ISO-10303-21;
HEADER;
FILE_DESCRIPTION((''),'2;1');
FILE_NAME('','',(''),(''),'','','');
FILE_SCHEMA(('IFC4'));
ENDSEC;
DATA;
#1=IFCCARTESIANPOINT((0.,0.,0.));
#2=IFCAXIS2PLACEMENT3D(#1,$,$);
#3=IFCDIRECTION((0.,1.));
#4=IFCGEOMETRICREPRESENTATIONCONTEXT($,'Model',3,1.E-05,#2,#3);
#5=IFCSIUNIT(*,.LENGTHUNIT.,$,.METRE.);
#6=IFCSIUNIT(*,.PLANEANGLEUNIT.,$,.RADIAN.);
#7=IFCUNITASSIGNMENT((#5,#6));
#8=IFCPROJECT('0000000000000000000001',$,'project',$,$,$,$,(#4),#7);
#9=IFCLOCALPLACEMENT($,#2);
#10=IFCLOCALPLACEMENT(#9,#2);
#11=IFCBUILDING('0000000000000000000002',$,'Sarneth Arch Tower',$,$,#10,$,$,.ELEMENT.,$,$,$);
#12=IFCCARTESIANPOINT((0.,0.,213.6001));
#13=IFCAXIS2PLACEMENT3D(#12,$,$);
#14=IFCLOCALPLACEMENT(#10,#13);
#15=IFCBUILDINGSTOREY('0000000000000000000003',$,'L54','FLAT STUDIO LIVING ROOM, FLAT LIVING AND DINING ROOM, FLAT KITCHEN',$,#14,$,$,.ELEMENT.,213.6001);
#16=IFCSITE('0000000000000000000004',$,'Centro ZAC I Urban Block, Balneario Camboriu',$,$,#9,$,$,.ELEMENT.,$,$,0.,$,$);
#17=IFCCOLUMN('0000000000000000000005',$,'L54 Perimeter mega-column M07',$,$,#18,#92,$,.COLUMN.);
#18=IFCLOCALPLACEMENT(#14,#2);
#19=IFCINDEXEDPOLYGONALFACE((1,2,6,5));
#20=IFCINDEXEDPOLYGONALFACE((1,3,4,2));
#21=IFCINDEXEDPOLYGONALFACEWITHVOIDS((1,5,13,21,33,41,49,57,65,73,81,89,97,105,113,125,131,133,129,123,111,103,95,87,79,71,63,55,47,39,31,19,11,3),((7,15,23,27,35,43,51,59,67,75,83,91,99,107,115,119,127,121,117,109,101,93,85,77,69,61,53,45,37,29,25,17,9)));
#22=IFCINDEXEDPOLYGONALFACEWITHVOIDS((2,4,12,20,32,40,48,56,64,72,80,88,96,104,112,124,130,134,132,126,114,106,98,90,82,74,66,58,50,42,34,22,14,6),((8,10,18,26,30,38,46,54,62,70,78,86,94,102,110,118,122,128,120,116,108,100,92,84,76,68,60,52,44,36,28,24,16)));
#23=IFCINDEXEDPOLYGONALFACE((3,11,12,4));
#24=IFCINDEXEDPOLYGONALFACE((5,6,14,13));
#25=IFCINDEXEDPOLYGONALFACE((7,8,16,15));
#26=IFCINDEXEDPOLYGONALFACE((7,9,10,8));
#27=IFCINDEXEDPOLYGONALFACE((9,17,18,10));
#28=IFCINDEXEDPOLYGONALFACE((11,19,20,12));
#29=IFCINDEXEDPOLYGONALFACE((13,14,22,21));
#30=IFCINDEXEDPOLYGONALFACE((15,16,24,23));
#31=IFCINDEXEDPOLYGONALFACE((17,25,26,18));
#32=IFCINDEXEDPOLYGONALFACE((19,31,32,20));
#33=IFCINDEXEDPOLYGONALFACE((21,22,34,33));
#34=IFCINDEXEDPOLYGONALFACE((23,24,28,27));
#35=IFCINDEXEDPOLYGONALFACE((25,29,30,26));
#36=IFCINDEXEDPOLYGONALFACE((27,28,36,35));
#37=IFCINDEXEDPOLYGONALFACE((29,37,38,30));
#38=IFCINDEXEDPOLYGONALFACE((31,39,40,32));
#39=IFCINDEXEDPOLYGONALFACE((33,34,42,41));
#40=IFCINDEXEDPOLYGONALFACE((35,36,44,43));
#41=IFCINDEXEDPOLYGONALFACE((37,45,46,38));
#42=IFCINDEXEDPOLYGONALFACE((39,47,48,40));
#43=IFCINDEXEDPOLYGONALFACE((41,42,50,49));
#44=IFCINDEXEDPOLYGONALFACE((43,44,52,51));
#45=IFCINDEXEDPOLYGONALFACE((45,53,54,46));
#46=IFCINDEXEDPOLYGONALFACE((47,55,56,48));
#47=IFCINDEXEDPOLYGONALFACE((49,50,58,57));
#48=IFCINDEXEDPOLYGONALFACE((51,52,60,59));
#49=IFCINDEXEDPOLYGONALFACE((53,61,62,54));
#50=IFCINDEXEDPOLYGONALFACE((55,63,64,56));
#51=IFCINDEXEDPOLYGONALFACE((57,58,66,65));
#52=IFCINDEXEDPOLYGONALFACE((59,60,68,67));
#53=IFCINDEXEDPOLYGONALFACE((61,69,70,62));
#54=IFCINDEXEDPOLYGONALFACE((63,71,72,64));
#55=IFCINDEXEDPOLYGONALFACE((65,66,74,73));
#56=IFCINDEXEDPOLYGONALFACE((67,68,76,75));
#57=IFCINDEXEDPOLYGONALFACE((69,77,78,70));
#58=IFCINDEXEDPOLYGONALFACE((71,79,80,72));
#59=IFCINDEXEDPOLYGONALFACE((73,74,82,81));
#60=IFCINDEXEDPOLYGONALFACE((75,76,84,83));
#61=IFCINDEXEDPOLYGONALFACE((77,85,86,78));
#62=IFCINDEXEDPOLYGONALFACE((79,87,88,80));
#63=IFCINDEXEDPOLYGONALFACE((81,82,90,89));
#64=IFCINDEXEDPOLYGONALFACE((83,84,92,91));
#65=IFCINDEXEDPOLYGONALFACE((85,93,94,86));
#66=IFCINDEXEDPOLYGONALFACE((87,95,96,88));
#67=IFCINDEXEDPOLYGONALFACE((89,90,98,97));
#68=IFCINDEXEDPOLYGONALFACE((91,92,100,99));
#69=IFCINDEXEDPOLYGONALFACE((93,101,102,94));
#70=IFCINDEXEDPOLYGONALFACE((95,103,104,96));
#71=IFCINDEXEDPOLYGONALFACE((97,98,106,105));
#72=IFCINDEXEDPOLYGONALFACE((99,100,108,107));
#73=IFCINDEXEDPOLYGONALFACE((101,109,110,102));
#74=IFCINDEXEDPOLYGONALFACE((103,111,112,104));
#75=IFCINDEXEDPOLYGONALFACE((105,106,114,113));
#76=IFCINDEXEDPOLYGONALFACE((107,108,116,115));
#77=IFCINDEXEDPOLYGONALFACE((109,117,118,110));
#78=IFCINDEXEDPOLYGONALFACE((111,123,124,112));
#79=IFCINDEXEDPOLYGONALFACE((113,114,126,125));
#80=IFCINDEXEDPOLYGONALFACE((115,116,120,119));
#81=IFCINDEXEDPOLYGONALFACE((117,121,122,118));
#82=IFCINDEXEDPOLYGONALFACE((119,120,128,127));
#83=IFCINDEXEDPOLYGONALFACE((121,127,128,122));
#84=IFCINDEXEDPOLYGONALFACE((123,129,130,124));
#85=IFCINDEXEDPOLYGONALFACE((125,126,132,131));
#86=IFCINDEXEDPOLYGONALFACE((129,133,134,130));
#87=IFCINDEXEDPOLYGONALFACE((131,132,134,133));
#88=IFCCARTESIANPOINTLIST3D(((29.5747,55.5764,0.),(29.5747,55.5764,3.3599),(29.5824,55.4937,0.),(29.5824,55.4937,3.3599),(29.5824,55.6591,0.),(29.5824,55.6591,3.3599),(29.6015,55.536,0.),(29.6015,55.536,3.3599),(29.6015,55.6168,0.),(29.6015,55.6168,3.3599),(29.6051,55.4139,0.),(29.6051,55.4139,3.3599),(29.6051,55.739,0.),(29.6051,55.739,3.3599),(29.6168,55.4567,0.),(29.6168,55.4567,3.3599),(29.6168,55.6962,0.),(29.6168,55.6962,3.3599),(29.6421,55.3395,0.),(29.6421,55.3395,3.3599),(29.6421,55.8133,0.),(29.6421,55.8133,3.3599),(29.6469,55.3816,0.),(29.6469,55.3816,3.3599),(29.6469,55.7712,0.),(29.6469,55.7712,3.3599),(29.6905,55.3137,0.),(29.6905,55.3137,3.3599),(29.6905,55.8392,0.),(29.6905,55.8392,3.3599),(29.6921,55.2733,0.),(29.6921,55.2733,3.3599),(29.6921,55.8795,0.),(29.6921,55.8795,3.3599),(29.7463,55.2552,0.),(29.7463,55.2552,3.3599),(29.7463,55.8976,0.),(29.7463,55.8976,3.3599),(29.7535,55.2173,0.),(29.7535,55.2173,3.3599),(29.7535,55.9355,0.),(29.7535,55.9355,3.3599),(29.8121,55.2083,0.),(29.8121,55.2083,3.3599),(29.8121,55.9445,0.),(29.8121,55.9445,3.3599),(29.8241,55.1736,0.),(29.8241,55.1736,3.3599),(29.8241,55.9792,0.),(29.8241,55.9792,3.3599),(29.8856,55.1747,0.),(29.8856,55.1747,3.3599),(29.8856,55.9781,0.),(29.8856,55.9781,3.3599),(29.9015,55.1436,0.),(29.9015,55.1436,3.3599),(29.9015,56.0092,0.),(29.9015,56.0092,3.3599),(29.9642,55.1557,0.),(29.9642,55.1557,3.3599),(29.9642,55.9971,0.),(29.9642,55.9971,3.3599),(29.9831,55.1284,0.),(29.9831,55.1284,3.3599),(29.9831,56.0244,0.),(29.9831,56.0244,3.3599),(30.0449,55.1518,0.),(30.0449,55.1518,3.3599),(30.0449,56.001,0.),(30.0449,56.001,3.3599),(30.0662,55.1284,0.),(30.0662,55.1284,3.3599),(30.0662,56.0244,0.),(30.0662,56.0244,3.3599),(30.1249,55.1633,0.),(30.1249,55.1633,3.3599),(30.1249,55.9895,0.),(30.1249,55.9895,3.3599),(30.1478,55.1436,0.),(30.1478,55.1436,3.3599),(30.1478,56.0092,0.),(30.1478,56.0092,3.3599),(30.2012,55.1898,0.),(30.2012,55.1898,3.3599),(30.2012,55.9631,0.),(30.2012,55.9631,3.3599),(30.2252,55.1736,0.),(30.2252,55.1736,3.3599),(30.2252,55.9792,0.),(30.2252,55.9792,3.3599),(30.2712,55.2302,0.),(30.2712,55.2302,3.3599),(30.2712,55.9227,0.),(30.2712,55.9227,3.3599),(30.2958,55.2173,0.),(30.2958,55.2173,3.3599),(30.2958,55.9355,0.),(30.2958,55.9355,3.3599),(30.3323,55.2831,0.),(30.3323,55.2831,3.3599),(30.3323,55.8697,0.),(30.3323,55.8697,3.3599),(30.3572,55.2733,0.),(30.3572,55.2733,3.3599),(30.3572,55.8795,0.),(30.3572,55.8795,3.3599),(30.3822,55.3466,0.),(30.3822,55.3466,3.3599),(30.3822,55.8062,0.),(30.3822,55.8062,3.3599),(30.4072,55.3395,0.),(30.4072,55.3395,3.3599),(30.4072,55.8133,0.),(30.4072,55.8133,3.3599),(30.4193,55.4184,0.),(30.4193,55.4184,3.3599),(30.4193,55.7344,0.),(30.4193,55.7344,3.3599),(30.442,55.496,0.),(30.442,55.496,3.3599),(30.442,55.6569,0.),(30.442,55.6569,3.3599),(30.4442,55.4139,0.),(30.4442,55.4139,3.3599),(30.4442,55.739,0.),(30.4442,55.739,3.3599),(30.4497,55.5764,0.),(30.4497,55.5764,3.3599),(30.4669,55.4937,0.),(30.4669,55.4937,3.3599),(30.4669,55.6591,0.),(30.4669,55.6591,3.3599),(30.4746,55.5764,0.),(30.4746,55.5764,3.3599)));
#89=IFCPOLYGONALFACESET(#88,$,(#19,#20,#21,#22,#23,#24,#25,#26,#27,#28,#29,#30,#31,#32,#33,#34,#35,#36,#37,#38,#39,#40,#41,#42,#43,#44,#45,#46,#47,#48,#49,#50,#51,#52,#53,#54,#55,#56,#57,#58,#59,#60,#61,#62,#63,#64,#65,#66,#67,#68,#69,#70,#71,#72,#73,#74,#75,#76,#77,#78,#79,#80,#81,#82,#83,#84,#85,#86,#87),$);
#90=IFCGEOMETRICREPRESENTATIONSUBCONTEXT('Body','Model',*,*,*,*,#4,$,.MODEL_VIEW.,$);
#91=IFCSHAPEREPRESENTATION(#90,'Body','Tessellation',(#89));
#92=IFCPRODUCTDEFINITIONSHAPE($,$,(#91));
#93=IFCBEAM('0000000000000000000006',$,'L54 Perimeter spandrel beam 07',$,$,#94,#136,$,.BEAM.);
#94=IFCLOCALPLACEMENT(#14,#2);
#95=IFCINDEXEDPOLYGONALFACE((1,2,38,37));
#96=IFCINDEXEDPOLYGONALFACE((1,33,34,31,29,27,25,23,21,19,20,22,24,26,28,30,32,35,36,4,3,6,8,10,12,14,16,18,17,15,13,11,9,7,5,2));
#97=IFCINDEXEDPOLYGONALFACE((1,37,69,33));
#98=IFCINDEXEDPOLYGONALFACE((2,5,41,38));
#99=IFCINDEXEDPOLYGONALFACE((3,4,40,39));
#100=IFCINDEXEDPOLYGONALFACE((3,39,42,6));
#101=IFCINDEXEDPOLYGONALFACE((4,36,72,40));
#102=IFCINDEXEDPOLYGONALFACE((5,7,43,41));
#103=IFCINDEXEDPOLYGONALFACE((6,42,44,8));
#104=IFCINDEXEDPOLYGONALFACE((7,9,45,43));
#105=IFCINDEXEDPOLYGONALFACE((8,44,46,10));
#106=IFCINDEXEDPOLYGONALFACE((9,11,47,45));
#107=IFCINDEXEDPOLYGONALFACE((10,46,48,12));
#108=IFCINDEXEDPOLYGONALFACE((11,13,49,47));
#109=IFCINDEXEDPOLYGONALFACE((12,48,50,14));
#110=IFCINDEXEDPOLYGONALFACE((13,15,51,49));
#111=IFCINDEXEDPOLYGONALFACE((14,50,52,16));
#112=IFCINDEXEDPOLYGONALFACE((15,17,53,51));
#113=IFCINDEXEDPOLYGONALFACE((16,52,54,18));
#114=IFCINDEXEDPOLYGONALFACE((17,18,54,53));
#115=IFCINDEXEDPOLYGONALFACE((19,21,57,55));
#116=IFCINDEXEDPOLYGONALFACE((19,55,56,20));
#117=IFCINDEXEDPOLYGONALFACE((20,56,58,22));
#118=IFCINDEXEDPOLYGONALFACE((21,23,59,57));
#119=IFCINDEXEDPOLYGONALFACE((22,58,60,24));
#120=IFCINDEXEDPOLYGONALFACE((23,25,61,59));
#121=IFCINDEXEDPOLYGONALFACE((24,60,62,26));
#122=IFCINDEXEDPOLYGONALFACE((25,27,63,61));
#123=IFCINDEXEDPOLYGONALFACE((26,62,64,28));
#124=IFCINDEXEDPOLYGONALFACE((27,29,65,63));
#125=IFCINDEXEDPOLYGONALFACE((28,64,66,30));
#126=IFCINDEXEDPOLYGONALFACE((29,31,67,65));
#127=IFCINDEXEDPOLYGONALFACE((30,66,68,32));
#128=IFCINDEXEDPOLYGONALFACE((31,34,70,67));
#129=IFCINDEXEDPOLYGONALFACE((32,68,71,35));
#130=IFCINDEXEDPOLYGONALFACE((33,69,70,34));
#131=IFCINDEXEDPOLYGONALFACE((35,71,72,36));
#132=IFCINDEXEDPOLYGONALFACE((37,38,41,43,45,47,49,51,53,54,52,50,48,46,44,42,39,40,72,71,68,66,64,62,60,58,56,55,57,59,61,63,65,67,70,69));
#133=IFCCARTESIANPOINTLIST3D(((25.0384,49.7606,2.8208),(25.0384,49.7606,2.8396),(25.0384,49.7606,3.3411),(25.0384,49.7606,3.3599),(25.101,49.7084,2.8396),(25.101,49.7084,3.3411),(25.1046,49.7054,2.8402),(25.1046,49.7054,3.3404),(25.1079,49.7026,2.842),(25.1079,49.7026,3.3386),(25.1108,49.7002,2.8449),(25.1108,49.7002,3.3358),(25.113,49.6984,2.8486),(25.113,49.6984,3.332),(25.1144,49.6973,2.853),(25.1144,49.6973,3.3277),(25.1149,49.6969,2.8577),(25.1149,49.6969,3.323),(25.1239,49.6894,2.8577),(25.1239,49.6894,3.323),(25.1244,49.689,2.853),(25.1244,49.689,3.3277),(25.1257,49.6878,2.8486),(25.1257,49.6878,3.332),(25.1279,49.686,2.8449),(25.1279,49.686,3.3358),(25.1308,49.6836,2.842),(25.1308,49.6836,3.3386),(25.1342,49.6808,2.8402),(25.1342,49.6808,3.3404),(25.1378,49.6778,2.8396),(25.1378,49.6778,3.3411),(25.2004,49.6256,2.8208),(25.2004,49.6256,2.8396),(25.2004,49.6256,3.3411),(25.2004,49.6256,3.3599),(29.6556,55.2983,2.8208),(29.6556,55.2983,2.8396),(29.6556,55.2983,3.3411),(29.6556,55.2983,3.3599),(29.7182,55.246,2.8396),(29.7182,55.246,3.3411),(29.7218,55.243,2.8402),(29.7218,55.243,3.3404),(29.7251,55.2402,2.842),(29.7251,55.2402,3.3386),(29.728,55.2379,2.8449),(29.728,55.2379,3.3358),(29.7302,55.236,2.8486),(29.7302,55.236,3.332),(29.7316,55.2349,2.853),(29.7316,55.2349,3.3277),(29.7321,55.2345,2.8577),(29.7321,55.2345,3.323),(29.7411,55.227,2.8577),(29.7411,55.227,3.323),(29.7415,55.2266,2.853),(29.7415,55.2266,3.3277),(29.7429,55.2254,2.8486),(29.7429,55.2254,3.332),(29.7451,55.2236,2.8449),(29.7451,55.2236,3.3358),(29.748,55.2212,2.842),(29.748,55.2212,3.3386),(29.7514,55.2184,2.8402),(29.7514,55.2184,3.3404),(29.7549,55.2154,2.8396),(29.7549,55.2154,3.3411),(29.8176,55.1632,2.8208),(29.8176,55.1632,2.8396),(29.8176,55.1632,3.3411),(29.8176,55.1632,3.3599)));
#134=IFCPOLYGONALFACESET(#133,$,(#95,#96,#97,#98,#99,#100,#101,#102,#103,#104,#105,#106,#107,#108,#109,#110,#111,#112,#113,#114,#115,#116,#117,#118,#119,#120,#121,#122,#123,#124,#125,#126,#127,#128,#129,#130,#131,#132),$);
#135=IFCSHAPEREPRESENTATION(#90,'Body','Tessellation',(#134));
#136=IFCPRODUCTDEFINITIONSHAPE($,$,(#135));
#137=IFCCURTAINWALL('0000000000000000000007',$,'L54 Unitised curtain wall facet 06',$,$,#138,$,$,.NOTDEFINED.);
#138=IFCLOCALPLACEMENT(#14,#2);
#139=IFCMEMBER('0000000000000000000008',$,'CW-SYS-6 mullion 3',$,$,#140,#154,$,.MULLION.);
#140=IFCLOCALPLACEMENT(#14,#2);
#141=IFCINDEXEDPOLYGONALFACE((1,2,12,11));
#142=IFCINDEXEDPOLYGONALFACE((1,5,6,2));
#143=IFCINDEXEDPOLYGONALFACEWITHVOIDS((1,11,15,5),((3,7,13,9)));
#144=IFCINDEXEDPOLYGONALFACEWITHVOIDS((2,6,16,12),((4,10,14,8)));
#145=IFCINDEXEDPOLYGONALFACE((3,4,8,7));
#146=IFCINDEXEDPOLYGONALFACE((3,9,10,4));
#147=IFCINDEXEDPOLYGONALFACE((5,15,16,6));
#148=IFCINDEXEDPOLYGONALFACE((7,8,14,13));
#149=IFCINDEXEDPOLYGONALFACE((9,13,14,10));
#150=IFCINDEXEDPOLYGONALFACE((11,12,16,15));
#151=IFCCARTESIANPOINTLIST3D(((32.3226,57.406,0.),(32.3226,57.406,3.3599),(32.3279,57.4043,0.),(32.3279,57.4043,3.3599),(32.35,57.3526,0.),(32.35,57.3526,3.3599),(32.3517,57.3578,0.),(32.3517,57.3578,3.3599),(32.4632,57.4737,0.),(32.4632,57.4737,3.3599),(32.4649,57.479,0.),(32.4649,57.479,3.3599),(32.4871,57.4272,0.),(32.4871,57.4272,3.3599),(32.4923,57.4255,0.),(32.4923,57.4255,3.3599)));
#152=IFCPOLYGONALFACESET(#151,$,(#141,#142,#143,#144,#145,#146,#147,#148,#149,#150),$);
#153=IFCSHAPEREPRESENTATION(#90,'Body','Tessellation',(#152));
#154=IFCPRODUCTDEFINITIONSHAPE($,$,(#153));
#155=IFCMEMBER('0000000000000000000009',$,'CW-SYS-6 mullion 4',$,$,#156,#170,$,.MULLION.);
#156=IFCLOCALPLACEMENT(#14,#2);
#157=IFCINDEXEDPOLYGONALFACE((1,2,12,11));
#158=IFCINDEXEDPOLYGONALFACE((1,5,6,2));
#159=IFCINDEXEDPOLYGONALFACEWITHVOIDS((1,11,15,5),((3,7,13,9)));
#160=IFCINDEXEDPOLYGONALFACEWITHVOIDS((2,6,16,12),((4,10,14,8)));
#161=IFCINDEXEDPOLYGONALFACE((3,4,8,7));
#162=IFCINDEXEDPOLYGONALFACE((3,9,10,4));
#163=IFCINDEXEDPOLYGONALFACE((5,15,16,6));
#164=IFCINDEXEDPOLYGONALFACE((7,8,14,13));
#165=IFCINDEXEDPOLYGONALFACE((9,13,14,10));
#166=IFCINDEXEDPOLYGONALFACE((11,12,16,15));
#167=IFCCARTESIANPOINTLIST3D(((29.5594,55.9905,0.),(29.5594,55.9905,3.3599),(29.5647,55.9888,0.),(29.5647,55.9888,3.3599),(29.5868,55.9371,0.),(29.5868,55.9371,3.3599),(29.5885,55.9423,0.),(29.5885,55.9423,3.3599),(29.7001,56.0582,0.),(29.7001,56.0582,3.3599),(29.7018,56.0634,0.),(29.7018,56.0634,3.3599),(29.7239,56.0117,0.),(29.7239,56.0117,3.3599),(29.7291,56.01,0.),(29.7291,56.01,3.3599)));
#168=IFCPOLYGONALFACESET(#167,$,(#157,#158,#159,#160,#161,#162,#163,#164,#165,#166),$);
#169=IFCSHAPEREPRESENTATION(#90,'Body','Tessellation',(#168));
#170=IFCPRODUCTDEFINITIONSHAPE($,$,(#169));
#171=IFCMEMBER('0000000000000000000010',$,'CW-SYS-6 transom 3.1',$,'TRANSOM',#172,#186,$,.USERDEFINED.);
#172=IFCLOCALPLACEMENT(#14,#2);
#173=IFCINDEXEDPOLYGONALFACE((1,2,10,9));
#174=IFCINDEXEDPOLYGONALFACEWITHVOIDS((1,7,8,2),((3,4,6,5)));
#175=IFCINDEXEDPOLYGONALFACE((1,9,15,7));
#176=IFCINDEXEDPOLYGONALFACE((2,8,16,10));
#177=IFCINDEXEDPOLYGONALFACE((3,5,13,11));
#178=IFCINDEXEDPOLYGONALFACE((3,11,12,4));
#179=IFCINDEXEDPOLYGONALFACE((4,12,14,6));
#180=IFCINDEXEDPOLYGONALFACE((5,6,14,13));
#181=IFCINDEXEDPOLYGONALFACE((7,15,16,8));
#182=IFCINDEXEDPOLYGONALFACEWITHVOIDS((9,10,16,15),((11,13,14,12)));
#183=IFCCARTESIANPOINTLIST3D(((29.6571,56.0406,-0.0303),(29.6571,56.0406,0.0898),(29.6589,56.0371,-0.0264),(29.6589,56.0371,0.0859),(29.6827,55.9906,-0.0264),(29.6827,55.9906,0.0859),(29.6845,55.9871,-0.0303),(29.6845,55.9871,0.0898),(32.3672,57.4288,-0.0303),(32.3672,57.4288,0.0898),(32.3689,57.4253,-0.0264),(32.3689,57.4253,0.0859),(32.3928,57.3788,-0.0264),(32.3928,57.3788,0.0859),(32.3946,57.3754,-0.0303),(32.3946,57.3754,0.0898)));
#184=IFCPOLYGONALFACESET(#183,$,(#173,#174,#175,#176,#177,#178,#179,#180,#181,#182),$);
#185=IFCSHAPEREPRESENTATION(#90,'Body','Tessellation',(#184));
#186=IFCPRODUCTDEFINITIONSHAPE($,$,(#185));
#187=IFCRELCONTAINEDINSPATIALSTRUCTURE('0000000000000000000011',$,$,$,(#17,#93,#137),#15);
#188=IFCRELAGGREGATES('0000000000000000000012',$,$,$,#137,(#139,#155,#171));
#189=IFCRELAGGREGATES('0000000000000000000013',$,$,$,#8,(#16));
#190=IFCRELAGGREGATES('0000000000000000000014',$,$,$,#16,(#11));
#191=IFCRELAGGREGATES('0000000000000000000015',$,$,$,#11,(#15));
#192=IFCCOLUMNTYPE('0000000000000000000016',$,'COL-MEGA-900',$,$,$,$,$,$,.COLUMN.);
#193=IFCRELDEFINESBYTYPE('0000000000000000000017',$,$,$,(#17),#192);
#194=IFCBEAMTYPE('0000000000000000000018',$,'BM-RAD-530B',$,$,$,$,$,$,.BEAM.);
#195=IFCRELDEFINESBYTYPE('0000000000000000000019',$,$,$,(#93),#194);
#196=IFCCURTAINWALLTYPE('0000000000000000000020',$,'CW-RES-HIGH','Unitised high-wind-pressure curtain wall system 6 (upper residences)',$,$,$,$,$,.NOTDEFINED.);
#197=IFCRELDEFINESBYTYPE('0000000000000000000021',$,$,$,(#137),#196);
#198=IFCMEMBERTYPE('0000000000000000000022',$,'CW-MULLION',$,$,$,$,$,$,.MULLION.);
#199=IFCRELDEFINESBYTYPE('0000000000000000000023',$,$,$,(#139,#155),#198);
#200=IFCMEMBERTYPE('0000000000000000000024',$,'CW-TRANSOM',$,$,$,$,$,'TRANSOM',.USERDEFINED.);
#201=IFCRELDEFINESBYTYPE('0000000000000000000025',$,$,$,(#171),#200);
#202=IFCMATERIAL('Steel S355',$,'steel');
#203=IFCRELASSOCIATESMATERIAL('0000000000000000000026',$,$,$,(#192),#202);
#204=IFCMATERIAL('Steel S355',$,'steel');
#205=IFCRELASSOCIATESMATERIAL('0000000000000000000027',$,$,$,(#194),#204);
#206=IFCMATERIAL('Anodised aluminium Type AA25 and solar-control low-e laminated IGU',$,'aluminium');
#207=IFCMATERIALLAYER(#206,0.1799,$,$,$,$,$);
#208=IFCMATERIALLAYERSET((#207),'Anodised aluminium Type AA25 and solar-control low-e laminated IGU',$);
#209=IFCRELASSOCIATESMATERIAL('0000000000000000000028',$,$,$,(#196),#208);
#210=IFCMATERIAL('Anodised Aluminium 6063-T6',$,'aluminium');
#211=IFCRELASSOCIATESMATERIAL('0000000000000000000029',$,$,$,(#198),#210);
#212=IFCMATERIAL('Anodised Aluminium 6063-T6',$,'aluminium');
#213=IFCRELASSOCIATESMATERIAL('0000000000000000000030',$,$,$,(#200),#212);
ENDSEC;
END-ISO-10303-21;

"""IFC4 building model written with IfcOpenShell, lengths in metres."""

from ifc_helpers import new_model, si_unit, direction, frame, origin, origin_2d, place, context, subcontext, project, spatial, hollow_rectangle, hollow_circle, i_section, extrude, material, layer, layer_set, material_profile, profile_set, type_object, element, aggregate, save


model = new_model("IFC4")

# Units and contexts
model_context = context("Model", 3, precision=1e-05, world=origin(), true_north=direction((0.0, 1.0)))
body_context = subcontext(model_context, "Body", "Model", "MODEL_VIEW")
ifc_project = project(units=[si_unit("LENGTHUNIT", "METRE"), si_unit("PLANEANGLEUNIT", "RADIAN")], contexts=[model_context])

# Site, building, storey
site_placement = place(None, origin())
site = spatial("IfcSite", under=ifc_project, at=site_placement, Name="Centro ZAC I Urban Block, Balneario Camboriu", CompositionType="ELEMENT", RefElevation=0.0)
building_placement = place(site_placement, origin())
building = spatial("IfcBuilding", under=site, at=building_placement, Name="Sarneth Arch Tower", CompositionType="ELEMENT")
storey_placement = place(building_placement, frame((0.0, 0.0, 213.6001)))
storey = spatial("IfcBuildingStorey", under=building, at=storey_placement, Name="L54", Description="FLAT STUDIO LIVING ROOM, FLAT LIVING AND DINING ROOM, FLAT KITCHEN", CompositionType="ELEMENT", Elevation=213.6001)

# Column
ifc_material_1 = material(Name="Steel S355", Category="steel")
ifc_material_profile_1 = material_profile(ifc_material_1, hollow_circle(Radius=0.45, WallThickness=0.0249, at=origin_2d()), Name="CHS900x25")
ifc_profile_set_1 = profile_set([ifc_material_profile_1], Name="Steel S355")
column_type = type_object("IfcColumnType", Name="COL-MEGA-900", PredefinedType="COLUMN", material=ifc_profile_set_1)
column_placement = place(storey_placement, frame((30.0247, 55.5764, 0.0), z_axis=(0.0, 0.0, 1.0), x_axis=(1.0, 0.0, 0.0)))
element("IfcColumn", 1, at=column_placement, inside=storey, type_object=column_type, Name="L54 Perimeter mega-column M07", PredefinedType="COLUMN", context=body_context, shape_type="SweptSolid", body=[
    extrude(hollow_circle(Radius=0.45, WallThickness=0.0249, at=origin_2d()), origin(), (0.0, 0.0, 1.0), 3.3599),
])

# Beam
ifc_material_2 = material(Name="Steel S355", Category="steel")
ifc_material_profile_2 = material_profile(ifc_material_2, i_section(OverallWidth=0.2109, OverallDepth=0.5391, WebThickness=0.0117, FlangeThickness=0.0188, FilletRadius=0.0181, at=origin_2d()), Name="W530x109")
ifc_profile_set_2 = profile_set([ifc_material_profile_2], Name="Steel S355")
beam_type = type_object("IfcBeamType", Name="BM-RAD-530B", PredefinedType="BEAM", material=ifc_profile_set_2)
beam_placement = place(storey_placement, frame((29.7366, 55.2307, 3.0903), z_axis=(-0.640391, -0.768049, 0.0), x_axis=(0.768049, -0.640391, 0.0)))
element("IfcBeam", 2, at=beam_placement, inside=storey, type_object=beam_type, Name="L54 Perimeter spandrel beam 07", PredefinedType="BEAM", context=body_context, shape_type="SweptSolid", body=[
    extrude(i_section(OverallWidth=0.2109, OverallDepth=0.5391, WebThickness=0.0117, FlangeThickness=0.0188, FilletRadius=0.0181, at=origin_2d()), origin(), (0.0, 0.0, 1.0), 7.21),
])

# Curtain wall, members
ifc_material_3 = material(Name="Anodised aluminium Type AA25 and solar-control low-e laminated IGU", Category="aluminium")
ifc_layer_1 = layer(ifc_material_3, 0.1799)
ifc_layer_set_1 = layer_set([ifc_layer_1], Name="Anodised aluminium Type AA25 and solar-control low-e laminated IGU")
curtain_wall_type = type_object("IfcCurtainWallType", Name="CW-RES-HIGH", Description="Unitised high-wind-pressure curtain wall system 6 (upper residences)", PredefinedType="NOTDEFINED", material=ifc_layer_set_1)
curtain_wall_placement = place(storey_placement, origin())
curtain_wall = element("IfcCurtainWall", 3, at=curtain_wall_placement, inside=storey, type_object=curtain_wall_type, Name="L54 Unitised curtain wall facet 06", PredefinedType="NOTDEFINED")
ifc_material_4 = material(Name="Anodised Aluminium 6063-T6", Category="aluminium")
ifc_material_profile_3 = material_profile(ifc_material_4, hollow_rectangle(XDim=0.0601, YDim=0.1599, WallThickness=0.0039, at=origin_2d()), Name="AL-MULL-160x60x4")
ifc_profile_set_3 = profile_set([ifc_material_profile_3], Name="Anodised Aluminium 6063-T6")
member_type_1 = type_object("IfcMemberType", Name="CW-MULLION", PredefinedType="MULLION", material=ifc_profile_set_3)
member_1_placement = place(storey_placement, frame((32.4075, 57.4158, 0.0), z_axis=(0.0, 0.0, 1.0), x_axis=(0.455942, -0.89001, 0.0)))
member_1 = element("IfcMember", 4, at=member_1_placement, type_object=member_type_1, Name="CW-SYS-6 mullion 3", PredefinedType="MULLION", context=body_context, shape_type="SweptSolid", body=[
    extrude(hollow_rectangle(XDim=0.0601, YDim=0.1599, WallThickness=0.0039, at=origin_2d()), origin(), (0.0, 0.0, 1.0), 3.3599),
])
member_2_placement = place(storey_placement, frame((29.6443, 56.0002, 0.0), z_axis=(0.0, 0.0, 1.0), x_axis=(0.455942, -0.89001, 0.0)))
member_2 = element("IfcMember", 5, at=member_2_placement, type_object=member_type_1, Name="CW-SYS-6 mullion 4", PredefinedType="MULLION", context=body_context, shape_type="SweptSolid", body=[
    extrude(hollow_rectangle(XDim=0.0601, YDim=0.1599, WallThickness=0.0039, at=origin_2d()), origin(), (0.0, 0.0, 1.0), 3.3599),
])
ifc_material_5 = material(Name="Anodised Aluminium 6063-T6", Category="aluminium")
ifc_material_profile_4 = material_profile(ifc_material_5, hollow_rectangle(XDim=0.0601, YDim=0.1201, WallThickness=0.0039, at=origin_2d()), Name="AL-TRAN-120x60x4")
ifc_profile_set_4 = profile_set([ifc_material_profile_4], Name="Anodised Aluminium 6063-T6")
member_type_2 = type_object("IfcMemberType", Name="CW-TRANSOM", ElementType="TRANSOM", PredefinedType="USERDEFINED", material=ifc_profile_set_4)
member_3_placement = place(storey_placement, frame((32.3809, 57.4021, 0.0298), z_axis=(-0.890023, -0.455916, 0.0), x_axis=(0.455916, -0.890023, 0.0)))
member_3 = element("IfcMember", 6, at=member_3_placement, type_object=member_type_2, Name="CW-SYS-6 transom 3.1", ObjectType="TRANSOM", PredefinedType="USERDEFINED", context=body_context, shape_type="SweptSolid", body=[
    extrude(hollow_rectangle(XDim=0.0601, YDim=0.1201, WallThickness=0.0039, at=origin_2d()), origin(), (0.0, 0.0, 1.0), 3.0449),
])

aggregate(curtain_wall, [member_1, member_2, member_3])

save(model, "model.ifc")
